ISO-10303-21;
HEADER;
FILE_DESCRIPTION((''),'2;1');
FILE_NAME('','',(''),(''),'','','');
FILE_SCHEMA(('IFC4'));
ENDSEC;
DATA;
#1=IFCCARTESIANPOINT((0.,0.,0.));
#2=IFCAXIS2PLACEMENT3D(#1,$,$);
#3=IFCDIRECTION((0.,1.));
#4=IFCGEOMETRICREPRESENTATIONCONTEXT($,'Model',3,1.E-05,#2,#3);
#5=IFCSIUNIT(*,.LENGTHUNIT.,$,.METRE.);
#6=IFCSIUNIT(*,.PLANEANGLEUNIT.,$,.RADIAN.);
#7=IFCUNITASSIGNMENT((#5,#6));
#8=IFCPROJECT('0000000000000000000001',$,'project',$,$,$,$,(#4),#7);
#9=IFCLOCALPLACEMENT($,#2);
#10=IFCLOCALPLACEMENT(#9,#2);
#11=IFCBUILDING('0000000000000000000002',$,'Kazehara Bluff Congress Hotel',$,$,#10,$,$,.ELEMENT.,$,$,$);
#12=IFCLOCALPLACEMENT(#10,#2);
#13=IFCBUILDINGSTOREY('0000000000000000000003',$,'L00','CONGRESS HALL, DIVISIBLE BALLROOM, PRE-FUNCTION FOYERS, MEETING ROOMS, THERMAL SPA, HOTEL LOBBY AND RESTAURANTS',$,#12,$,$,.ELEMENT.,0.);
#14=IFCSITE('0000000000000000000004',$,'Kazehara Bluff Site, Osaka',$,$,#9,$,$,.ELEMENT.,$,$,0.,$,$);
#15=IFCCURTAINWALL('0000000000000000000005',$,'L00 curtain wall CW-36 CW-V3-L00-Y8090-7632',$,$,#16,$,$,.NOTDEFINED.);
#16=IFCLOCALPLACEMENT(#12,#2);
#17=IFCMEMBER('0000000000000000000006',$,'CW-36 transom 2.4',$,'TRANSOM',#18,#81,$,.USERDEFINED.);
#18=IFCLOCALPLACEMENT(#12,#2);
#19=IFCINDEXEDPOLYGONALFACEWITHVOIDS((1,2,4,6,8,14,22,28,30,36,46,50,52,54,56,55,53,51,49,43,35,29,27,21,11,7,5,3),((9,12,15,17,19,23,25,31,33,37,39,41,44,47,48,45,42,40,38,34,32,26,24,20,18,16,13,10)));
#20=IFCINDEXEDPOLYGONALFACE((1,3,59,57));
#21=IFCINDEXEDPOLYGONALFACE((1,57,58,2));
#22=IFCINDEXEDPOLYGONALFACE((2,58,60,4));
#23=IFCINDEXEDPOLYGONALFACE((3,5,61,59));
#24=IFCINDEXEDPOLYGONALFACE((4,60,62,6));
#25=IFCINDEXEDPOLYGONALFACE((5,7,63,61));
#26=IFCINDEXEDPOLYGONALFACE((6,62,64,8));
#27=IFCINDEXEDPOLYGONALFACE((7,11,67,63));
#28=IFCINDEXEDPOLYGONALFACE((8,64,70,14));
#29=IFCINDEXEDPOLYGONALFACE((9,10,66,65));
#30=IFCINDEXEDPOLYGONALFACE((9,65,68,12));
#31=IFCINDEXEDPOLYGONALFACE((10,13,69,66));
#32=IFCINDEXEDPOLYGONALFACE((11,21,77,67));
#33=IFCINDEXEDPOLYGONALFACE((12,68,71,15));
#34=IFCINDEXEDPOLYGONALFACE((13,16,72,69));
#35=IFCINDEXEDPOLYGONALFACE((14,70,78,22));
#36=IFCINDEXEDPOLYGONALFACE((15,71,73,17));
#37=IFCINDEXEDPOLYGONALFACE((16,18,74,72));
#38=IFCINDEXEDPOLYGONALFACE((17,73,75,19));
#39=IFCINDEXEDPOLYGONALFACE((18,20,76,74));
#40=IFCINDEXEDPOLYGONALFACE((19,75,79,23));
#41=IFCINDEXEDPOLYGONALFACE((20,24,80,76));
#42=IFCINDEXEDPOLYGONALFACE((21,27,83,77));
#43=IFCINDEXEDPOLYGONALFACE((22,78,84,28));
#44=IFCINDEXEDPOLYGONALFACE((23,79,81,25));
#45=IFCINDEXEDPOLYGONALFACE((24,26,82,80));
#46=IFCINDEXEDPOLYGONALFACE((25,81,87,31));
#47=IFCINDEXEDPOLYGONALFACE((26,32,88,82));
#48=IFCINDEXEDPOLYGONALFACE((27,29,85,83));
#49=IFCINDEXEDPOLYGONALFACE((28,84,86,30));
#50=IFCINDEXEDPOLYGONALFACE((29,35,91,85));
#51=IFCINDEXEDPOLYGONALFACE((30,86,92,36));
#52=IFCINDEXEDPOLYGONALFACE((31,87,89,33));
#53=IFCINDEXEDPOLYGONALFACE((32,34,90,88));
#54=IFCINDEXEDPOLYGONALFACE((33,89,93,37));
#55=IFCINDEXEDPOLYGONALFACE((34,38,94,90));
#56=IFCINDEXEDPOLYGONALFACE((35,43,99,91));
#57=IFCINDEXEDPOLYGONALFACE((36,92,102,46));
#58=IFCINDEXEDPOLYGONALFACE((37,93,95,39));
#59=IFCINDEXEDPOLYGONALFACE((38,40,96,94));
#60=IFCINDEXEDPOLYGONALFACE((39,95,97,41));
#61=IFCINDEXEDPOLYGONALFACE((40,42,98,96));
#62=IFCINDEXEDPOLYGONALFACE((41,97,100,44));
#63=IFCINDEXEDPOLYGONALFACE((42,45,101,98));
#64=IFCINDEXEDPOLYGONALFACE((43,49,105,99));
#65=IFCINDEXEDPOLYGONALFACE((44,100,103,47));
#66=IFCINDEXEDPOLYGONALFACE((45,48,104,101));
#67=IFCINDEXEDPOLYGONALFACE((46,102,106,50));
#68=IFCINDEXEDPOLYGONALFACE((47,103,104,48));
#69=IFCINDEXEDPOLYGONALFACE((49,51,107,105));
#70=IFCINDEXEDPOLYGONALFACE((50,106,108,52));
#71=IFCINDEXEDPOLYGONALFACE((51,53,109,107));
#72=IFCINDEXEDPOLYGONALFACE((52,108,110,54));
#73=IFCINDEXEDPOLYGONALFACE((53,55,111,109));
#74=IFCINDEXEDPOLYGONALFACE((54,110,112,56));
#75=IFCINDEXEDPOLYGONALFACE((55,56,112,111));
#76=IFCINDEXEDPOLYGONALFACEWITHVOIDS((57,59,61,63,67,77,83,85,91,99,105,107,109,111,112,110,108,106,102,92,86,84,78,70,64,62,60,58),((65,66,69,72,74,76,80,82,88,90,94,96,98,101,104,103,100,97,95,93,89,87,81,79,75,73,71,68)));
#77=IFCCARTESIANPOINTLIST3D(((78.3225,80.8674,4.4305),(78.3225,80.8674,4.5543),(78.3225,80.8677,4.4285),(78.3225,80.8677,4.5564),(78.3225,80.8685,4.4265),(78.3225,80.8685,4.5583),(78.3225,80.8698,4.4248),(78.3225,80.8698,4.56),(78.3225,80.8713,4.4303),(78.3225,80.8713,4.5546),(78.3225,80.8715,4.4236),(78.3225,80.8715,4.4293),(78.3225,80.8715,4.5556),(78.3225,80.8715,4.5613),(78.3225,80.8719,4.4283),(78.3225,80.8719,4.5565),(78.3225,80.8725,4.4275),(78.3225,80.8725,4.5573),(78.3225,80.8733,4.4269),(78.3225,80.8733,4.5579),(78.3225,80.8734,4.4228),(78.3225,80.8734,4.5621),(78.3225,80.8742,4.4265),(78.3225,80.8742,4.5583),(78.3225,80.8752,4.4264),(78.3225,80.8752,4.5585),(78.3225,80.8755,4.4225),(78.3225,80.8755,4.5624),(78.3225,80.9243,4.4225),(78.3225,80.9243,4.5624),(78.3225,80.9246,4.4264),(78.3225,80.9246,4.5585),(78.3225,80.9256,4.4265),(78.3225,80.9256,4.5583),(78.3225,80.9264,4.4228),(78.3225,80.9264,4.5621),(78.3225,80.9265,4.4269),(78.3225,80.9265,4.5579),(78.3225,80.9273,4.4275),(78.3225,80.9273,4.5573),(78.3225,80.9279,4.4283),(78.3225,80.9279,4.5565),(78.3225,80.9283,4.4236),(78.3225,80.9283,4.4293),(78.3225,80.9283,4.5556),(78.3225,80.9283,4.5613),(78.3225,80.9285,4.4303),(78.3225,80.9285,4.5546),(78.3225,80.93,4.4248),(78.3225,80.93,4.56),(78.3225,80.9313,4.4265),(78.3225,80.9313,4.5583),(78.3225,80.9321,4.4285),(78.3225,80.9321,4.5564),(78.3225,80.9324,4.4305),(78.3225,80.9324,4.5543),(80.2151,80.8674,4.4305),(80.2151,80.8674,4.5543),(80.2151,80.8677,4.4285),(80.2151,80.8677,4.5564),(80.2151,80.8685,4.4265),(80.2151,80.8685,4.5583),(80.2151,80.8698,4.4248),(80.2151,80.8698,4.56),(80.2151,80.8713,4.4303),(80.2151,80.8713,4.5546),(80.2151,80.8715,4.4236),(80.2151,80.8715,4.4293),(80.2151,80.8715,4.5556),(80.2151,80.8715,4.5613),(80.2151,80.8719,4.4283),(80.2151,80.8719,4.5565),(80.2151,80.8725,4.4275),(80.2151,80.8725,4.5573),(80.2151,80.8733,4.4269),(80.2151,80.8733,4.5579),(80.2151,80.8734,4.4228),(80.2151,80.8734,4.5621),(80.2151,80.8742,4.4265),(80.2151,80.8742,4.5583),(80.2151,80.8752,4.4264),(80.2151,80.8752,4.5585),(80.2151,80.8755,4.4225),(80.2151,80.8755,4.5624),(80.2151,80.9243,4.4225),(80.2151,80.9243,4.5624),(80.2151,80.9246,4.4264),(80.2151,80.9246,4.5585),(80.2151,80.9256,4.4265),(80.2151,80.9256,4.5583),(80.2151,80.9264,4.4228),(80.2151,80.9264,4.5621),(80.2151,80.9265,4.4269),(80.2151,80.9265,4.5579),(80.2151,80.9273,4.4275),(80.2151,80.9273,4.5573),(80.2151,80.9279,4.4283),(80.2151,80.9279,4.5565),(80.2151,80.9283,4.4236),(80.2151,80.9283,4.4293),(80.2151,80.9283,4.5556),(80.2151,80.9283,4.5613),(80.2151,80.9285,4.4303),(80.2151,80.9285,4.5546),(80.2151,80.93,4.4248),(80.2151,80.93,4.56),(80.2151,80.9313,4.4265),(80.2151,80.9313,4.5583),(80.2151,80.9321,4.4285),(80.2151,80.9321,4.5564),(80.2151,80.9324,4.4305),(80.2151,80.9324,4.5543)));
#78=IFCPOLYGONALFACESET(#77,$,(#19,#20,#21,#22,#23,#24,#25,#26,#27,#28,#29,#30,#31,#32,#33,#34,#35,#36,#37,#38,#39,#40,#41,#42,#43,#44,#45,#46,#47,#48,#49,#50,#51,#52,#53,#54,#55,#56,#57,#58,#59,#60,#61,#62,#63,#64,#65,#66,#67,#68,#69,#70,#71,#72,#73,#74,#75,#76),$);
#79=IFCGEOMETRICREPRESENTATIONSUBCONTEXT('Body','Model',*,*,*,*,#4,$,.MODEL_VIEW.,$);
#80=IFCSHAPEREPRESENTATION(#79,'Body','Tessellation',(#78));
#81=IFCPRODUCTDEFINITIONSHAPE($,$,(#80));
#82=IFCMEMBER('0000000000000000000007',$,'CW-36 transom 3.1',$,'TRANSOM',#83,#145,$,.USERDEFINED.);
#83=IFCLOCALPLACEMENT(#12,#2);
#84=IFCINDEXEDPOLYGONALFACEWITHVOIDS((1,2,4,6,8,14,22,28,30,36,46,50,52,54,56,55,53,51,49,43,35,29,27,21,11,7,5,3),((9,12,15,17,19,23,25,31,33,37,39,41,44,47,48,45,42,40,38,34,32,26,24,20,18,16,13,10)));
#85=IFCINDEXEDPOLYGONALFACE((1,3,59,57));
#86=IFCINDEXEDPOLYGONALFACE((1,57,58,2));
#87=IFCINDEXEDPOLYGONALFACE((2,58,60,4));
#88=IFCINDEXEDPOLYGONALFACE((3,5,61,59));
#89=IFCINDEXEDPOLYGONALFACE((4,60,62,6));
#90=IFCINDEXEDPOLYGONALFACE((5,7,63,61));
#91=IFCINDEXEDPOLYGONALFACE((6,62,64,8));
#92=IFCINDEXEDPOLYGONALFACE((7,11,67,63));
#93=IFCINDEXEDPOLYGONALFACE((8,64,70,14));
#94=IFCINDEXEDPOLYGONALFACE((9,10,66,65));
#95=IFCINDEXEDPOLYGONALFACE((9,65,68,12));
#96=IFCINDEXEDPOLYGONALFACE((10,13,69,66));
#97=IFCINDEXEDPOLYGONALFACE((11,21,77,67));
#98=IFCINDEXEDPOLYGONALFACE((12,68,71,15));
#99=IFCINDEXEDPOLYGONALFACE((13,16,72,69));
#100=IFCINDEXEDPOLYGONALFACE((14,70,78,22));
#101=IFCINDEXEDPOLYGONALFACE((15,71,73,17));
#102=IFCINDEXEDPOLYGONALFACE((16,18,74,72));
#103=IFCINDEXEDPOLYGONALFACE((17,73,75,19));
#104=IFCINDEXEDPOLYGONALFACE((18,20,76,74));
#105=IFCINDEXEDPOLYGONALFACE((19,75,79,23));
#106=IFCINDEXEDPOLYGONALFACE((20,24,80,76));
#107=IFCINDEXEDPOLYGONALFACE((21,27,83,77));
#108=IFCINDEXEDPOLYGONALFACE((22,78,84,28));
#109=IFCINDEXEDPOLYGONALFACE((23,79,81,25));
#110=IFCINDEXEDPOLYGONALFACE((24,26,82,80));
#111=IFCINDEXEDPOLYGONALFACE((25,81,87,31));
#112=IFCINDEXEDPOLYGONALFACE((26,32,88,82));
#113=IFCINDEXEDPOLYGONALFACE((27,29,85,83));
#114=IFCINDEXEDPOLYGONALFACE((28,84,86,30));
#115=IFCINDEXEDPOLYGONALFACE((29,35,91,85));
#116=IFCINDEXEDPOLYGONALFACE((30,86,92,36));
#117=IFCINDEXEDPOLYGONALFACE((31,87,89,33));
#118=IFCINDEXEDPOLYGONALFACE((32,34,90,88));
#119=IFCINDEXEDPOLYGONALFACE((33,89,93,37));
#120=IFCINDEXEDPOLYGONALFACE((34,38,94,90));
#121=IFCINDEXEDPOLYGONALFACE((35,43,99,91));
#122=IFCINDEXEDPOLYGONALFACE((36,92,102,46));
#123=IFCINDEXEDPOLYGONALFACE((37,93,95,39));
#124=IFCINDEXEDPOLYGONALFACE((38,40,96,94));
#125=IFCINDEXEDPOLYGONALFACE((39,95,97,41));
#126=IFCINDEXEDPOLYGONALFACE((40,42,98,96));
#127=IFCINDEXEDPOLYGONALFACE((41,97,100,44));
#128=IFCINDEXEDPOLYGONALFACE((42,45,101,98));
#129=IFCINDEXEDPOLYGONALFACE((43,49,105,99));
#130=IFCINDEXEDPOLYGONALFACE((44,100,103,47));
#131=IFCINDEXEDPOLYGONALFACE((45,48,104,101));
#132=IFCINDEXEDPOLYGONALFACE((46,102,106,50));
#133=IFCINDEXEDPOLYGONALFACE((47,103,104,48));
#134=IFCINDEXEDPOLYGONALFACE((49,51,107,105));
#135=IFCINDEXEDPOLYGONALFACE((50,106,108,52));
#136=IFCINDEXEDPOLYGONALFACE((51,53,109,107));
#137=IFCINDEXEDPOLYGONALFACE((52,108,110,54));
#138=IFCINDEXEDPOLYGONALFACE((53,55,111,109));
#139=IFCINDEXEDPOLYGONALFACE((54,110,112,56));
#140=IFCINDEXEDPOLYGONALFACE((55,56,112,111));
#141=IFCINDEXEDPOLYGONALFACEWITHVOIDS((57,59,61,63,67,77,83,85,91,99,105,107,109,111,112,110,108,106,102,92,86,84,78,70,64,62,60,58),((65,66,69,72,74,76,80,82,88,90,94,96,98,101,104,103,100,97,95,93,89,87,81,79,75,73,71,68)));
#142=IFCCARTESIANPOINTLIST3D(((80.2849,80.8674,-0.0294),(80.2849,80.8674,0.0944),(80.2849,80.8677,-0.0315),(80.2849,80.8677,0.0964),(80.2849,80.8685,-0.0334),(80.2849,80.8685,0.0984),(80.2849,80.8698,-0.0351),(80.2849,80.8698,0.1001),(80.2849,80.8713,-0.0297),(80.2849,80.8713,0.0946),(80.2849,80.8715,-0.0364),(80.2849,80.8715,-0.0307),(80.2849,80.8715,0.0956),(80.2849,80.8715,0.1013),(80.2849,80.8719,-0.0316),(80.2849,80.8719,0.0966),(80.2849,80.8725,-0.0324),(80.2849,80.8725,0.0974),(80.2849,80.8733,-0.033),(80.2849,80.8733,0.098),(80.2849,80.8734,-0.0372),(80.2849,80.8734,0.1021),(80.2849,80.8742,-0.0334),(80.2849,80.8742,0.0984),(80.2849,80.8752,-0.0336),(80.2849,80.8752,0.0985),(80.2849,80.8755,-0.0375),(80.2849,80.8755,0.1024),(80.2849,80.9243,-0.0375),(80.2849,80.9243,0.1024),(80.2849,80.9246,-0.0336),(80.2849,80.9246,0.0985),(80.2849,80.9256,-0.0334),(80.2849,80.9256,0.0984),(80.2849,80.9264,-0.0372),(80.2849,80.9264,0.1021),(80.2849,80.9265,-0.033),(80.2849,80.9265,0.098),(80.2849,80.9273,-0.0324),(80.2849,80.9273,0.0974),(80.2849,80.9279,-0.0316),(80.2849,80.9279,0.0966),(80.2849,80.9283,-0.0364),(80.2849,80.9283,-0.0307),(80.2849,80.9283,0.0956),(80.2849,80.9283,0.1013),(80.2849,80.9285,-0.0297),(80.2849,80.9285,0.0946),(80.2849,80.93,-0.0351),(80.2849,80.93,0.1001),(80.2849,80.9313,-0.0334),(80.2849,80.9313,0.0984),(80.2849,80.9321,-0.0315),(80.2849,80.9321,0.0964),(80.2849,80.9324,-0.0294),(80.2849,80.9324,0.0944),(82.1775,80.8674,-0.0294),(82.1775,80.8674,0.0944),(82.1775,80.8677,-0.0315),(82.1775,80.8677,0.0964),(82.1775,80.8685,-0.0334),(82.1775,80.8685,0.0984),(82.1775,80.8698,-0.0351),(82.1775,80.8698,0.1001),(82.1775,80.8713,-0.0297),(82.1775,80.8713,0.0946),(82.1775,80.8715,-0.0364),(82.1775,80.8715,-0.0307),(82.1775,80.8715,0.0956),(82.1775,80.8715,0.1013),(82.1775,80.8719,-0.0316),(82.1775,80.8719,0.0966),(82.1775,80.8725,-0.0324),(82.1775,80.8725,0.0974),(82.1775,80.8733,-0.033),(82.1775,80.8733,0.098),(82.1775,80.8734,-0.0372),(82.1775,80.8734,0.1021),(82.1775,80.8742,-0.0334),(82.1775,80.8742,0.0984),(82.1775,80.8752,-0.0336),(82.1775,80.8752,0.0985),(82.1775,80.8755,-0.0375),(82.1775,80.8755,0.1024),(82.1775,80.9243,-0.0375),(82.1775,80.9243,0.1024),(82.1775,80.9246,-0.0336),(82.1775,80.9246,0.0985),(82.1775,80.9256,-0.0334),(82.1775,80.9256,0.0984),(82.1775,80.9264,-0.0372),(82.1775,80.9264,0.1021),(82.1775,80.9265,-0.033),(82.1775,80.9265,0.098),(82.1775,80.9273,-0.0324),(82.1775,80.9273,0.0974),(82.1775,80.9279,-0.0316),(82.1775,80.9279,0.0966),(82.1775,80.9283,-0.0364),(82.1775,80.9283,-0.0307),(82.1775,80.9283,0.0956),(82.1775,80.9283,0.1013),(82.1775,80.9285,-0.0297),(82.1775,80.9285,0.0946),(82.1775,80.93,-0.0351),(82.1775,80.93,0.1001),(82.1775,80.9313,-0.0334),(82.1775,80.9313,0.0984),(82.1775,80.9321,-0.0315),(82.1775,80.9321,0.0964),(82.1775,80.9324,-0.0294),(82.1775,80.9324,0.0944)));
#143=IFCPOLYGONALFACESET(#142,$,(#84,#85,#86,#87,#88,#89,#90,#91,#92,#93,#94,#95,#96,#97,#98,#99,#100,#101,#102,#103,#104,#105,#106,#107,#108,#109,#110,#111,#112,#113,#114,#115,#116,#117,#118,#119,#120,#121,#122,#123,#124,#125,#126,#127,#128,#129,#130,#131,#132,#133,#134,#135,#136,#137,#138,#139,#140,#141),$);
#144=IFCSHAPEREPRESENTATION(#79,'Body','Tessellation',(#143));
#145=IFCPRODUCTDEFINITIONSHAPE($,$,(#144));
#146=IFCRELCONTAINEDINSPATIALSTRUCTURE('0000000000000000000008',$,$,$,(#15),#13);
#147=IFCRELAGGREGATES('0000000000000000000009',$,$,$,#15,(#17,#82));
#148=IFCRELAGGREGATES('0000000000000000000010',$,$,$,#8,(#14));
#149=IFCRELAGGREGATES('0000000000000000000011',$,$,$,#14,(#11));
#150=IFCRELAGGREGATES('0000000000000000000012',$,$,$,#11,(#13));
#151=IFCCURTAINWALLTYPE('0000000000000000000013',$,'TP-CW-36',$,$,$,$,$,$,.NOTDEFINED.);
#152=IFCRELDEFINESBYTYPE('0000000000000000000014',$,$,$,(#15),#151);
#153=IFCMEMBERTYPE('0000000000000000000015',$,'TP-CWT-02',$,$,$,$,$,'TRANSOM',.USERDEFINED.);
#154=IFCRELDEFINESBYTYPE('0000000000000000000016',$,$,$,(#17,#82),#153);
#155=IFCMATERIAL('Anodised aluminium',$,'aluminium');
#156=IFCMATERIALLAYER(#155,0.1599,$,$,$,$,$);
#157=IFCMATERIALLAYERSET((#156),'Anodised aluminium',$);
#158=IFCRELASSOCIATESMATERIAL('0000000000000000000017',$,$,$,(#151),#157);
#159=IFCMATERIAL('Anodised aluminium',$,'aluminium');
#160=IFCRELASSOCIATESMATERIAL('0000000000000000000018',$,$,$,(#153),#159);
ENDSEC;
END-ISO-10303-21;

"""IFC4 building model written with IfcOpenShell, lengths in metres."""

from ifc_helpers import new_model, si_unit, direction, frame, origin, origin_2d, place, context, subcontext, project, spatial, hollow_rectangle, extrude, material, layer, layer_set, material_profile, profile_set, type_object, element, aggregate, save


model = new_model("IFC4")

# Units and contexts
model_context = context("Model", 3, precision=1e-05, world=origin(), true_north=direction((0.0, 1.0)))
body_context = subcontext(model_context, "Body", "Model", "MODEL_VIEW")
ifc_project = project(units=[si_unit("LENGTHUNIT", "METRE"), si_unit("PLANEANGLEUNIT", "RADIAN")], contexts=[model_context])

# Site, building, storey
site_placement = place(None, origin())
site = spatial("IfcSite", under=ifc_project, at=site_placement, Name="Kazehara Bluff Site, Osaka", CompositionType="ELEMENT", RefElevation=0.0)
building_placement = place(site_placement, origin())
building = spatial("IfcBuilding", under=site, at=building_placement, Name="Kazehara Bluff Congress Hotel", CompositionType="ELEMENT")
storey_placement = place(building_placement, origin())
storey = spatial("IfcBuildingStorey", under=building, at=storey_placement, Name="L00", Description="CONGRESS HALL, DIVISIBLE BALLROOM, PRE-FUNCTION FOYERS, MEETING ROOMS, THERMAL SPA, HOTEL LOBBY AND RESTAURANTS", CompositionType="ELEMENT", Elevation=0.0)

# Shared definitions
ifc_material_1 = material(Name="Anodised aluminium", Category="aluminium")
ifc_layer_1 = layer(ifc_material_1, 0.1599)
ifc_layer_set_1 = layer_set([ifc_layer_1], Name="Anodised aluminium")
curtain_wall_type = type_object("IfcCurtainWallType", Name="TP-CW-36", PredefinedType="NOTDEFINED", material=ifc_layer_set_1)

# Curtain wall
curtain_wall_1_placement = place(storey_placement, origin())
curtain_wall_1 = element("IfcCurtainWall", 1, at=curtain_wall_1_placement, inside=storey, type_object=curtain_wall_type, Name="L00 curtain wall CW-36 CW-V3-L00-Y8090-7632", PredefinedType="NOTDEFINED")

# Members
ifc_material_2 = material(Name="Anodised aluminium", Category="aluminium")
ifc_material_profile_1 = material_profile(ifc_material_2, hollow_rectangle(XDim=0.0649, YDim=0.1399, WallThickness=0.0039, InnerFilletRadius=0.0039, OuterFilletRadius=0.0081, at=origin_2d()))
ifc_profile_set_1 = profile_set([ifc_material_profile_1], Name="Anodised aluminium")
member_type_1 = type_object("IfcMemberType", Name="TP-CWT-02", ElementType="TRANSOM", PredefinedType="USERDEFINED", material=ifc_profile_set_1)
member_1_placement = place(storey_placement, frame((78.3225, 80.8999, 4.4924), z_axis=(1.0, 0.0, 0.0), x_axis=(0.0, 1.0, 0.0)))
member_1 = element("IfcMember", 2, at=member_1_placement, type_object=member_type_1, Name="CW-36 transom 2.4", ObjectType="TRANSOM", PredefinedType="USERDEFINED", context=body_context, shape_type="SweptSolid", body=[
    extrude(hollow_rectangle(XDim=0.0649, YDim=0.1399, WallThickness=0.0039, InnerFilletRadius=0.0039, OuterFilletRadius=0.0081, at=origin_2d()), origin(), (0.0, 0.0, 1.0), 1.8926),
])
member_2_placement = place(storey_placement, frame((80.2849, 80.8999, 0.0325), z_axis=(1.0, 0.0, 0.0), x_axis=(0.0, 1.0, 0.0)))
member_2 = element("IfcMember", 3, at=member_2_placement, type_object=member_type_1, Name="CW-36 transom 3.1", ObjectType="TRANSOM", PredefinedType="USERDEFINED", context=body_context, shape_type="SweptSolid", body=[
    extrude(hollow_rectangle(XDim=0.0649, YDim=0.1399, WallThickness=0.0039, InnerFilletRadius=0.0039, OuterFilletRadius=0.0081, at=origin_2d()), origin(), (0.0, 0.0, 1.0), 1.8926),
])

aggregate(curtain_wall_1, [member_1, member_2])

save(model, "model.ifc")
